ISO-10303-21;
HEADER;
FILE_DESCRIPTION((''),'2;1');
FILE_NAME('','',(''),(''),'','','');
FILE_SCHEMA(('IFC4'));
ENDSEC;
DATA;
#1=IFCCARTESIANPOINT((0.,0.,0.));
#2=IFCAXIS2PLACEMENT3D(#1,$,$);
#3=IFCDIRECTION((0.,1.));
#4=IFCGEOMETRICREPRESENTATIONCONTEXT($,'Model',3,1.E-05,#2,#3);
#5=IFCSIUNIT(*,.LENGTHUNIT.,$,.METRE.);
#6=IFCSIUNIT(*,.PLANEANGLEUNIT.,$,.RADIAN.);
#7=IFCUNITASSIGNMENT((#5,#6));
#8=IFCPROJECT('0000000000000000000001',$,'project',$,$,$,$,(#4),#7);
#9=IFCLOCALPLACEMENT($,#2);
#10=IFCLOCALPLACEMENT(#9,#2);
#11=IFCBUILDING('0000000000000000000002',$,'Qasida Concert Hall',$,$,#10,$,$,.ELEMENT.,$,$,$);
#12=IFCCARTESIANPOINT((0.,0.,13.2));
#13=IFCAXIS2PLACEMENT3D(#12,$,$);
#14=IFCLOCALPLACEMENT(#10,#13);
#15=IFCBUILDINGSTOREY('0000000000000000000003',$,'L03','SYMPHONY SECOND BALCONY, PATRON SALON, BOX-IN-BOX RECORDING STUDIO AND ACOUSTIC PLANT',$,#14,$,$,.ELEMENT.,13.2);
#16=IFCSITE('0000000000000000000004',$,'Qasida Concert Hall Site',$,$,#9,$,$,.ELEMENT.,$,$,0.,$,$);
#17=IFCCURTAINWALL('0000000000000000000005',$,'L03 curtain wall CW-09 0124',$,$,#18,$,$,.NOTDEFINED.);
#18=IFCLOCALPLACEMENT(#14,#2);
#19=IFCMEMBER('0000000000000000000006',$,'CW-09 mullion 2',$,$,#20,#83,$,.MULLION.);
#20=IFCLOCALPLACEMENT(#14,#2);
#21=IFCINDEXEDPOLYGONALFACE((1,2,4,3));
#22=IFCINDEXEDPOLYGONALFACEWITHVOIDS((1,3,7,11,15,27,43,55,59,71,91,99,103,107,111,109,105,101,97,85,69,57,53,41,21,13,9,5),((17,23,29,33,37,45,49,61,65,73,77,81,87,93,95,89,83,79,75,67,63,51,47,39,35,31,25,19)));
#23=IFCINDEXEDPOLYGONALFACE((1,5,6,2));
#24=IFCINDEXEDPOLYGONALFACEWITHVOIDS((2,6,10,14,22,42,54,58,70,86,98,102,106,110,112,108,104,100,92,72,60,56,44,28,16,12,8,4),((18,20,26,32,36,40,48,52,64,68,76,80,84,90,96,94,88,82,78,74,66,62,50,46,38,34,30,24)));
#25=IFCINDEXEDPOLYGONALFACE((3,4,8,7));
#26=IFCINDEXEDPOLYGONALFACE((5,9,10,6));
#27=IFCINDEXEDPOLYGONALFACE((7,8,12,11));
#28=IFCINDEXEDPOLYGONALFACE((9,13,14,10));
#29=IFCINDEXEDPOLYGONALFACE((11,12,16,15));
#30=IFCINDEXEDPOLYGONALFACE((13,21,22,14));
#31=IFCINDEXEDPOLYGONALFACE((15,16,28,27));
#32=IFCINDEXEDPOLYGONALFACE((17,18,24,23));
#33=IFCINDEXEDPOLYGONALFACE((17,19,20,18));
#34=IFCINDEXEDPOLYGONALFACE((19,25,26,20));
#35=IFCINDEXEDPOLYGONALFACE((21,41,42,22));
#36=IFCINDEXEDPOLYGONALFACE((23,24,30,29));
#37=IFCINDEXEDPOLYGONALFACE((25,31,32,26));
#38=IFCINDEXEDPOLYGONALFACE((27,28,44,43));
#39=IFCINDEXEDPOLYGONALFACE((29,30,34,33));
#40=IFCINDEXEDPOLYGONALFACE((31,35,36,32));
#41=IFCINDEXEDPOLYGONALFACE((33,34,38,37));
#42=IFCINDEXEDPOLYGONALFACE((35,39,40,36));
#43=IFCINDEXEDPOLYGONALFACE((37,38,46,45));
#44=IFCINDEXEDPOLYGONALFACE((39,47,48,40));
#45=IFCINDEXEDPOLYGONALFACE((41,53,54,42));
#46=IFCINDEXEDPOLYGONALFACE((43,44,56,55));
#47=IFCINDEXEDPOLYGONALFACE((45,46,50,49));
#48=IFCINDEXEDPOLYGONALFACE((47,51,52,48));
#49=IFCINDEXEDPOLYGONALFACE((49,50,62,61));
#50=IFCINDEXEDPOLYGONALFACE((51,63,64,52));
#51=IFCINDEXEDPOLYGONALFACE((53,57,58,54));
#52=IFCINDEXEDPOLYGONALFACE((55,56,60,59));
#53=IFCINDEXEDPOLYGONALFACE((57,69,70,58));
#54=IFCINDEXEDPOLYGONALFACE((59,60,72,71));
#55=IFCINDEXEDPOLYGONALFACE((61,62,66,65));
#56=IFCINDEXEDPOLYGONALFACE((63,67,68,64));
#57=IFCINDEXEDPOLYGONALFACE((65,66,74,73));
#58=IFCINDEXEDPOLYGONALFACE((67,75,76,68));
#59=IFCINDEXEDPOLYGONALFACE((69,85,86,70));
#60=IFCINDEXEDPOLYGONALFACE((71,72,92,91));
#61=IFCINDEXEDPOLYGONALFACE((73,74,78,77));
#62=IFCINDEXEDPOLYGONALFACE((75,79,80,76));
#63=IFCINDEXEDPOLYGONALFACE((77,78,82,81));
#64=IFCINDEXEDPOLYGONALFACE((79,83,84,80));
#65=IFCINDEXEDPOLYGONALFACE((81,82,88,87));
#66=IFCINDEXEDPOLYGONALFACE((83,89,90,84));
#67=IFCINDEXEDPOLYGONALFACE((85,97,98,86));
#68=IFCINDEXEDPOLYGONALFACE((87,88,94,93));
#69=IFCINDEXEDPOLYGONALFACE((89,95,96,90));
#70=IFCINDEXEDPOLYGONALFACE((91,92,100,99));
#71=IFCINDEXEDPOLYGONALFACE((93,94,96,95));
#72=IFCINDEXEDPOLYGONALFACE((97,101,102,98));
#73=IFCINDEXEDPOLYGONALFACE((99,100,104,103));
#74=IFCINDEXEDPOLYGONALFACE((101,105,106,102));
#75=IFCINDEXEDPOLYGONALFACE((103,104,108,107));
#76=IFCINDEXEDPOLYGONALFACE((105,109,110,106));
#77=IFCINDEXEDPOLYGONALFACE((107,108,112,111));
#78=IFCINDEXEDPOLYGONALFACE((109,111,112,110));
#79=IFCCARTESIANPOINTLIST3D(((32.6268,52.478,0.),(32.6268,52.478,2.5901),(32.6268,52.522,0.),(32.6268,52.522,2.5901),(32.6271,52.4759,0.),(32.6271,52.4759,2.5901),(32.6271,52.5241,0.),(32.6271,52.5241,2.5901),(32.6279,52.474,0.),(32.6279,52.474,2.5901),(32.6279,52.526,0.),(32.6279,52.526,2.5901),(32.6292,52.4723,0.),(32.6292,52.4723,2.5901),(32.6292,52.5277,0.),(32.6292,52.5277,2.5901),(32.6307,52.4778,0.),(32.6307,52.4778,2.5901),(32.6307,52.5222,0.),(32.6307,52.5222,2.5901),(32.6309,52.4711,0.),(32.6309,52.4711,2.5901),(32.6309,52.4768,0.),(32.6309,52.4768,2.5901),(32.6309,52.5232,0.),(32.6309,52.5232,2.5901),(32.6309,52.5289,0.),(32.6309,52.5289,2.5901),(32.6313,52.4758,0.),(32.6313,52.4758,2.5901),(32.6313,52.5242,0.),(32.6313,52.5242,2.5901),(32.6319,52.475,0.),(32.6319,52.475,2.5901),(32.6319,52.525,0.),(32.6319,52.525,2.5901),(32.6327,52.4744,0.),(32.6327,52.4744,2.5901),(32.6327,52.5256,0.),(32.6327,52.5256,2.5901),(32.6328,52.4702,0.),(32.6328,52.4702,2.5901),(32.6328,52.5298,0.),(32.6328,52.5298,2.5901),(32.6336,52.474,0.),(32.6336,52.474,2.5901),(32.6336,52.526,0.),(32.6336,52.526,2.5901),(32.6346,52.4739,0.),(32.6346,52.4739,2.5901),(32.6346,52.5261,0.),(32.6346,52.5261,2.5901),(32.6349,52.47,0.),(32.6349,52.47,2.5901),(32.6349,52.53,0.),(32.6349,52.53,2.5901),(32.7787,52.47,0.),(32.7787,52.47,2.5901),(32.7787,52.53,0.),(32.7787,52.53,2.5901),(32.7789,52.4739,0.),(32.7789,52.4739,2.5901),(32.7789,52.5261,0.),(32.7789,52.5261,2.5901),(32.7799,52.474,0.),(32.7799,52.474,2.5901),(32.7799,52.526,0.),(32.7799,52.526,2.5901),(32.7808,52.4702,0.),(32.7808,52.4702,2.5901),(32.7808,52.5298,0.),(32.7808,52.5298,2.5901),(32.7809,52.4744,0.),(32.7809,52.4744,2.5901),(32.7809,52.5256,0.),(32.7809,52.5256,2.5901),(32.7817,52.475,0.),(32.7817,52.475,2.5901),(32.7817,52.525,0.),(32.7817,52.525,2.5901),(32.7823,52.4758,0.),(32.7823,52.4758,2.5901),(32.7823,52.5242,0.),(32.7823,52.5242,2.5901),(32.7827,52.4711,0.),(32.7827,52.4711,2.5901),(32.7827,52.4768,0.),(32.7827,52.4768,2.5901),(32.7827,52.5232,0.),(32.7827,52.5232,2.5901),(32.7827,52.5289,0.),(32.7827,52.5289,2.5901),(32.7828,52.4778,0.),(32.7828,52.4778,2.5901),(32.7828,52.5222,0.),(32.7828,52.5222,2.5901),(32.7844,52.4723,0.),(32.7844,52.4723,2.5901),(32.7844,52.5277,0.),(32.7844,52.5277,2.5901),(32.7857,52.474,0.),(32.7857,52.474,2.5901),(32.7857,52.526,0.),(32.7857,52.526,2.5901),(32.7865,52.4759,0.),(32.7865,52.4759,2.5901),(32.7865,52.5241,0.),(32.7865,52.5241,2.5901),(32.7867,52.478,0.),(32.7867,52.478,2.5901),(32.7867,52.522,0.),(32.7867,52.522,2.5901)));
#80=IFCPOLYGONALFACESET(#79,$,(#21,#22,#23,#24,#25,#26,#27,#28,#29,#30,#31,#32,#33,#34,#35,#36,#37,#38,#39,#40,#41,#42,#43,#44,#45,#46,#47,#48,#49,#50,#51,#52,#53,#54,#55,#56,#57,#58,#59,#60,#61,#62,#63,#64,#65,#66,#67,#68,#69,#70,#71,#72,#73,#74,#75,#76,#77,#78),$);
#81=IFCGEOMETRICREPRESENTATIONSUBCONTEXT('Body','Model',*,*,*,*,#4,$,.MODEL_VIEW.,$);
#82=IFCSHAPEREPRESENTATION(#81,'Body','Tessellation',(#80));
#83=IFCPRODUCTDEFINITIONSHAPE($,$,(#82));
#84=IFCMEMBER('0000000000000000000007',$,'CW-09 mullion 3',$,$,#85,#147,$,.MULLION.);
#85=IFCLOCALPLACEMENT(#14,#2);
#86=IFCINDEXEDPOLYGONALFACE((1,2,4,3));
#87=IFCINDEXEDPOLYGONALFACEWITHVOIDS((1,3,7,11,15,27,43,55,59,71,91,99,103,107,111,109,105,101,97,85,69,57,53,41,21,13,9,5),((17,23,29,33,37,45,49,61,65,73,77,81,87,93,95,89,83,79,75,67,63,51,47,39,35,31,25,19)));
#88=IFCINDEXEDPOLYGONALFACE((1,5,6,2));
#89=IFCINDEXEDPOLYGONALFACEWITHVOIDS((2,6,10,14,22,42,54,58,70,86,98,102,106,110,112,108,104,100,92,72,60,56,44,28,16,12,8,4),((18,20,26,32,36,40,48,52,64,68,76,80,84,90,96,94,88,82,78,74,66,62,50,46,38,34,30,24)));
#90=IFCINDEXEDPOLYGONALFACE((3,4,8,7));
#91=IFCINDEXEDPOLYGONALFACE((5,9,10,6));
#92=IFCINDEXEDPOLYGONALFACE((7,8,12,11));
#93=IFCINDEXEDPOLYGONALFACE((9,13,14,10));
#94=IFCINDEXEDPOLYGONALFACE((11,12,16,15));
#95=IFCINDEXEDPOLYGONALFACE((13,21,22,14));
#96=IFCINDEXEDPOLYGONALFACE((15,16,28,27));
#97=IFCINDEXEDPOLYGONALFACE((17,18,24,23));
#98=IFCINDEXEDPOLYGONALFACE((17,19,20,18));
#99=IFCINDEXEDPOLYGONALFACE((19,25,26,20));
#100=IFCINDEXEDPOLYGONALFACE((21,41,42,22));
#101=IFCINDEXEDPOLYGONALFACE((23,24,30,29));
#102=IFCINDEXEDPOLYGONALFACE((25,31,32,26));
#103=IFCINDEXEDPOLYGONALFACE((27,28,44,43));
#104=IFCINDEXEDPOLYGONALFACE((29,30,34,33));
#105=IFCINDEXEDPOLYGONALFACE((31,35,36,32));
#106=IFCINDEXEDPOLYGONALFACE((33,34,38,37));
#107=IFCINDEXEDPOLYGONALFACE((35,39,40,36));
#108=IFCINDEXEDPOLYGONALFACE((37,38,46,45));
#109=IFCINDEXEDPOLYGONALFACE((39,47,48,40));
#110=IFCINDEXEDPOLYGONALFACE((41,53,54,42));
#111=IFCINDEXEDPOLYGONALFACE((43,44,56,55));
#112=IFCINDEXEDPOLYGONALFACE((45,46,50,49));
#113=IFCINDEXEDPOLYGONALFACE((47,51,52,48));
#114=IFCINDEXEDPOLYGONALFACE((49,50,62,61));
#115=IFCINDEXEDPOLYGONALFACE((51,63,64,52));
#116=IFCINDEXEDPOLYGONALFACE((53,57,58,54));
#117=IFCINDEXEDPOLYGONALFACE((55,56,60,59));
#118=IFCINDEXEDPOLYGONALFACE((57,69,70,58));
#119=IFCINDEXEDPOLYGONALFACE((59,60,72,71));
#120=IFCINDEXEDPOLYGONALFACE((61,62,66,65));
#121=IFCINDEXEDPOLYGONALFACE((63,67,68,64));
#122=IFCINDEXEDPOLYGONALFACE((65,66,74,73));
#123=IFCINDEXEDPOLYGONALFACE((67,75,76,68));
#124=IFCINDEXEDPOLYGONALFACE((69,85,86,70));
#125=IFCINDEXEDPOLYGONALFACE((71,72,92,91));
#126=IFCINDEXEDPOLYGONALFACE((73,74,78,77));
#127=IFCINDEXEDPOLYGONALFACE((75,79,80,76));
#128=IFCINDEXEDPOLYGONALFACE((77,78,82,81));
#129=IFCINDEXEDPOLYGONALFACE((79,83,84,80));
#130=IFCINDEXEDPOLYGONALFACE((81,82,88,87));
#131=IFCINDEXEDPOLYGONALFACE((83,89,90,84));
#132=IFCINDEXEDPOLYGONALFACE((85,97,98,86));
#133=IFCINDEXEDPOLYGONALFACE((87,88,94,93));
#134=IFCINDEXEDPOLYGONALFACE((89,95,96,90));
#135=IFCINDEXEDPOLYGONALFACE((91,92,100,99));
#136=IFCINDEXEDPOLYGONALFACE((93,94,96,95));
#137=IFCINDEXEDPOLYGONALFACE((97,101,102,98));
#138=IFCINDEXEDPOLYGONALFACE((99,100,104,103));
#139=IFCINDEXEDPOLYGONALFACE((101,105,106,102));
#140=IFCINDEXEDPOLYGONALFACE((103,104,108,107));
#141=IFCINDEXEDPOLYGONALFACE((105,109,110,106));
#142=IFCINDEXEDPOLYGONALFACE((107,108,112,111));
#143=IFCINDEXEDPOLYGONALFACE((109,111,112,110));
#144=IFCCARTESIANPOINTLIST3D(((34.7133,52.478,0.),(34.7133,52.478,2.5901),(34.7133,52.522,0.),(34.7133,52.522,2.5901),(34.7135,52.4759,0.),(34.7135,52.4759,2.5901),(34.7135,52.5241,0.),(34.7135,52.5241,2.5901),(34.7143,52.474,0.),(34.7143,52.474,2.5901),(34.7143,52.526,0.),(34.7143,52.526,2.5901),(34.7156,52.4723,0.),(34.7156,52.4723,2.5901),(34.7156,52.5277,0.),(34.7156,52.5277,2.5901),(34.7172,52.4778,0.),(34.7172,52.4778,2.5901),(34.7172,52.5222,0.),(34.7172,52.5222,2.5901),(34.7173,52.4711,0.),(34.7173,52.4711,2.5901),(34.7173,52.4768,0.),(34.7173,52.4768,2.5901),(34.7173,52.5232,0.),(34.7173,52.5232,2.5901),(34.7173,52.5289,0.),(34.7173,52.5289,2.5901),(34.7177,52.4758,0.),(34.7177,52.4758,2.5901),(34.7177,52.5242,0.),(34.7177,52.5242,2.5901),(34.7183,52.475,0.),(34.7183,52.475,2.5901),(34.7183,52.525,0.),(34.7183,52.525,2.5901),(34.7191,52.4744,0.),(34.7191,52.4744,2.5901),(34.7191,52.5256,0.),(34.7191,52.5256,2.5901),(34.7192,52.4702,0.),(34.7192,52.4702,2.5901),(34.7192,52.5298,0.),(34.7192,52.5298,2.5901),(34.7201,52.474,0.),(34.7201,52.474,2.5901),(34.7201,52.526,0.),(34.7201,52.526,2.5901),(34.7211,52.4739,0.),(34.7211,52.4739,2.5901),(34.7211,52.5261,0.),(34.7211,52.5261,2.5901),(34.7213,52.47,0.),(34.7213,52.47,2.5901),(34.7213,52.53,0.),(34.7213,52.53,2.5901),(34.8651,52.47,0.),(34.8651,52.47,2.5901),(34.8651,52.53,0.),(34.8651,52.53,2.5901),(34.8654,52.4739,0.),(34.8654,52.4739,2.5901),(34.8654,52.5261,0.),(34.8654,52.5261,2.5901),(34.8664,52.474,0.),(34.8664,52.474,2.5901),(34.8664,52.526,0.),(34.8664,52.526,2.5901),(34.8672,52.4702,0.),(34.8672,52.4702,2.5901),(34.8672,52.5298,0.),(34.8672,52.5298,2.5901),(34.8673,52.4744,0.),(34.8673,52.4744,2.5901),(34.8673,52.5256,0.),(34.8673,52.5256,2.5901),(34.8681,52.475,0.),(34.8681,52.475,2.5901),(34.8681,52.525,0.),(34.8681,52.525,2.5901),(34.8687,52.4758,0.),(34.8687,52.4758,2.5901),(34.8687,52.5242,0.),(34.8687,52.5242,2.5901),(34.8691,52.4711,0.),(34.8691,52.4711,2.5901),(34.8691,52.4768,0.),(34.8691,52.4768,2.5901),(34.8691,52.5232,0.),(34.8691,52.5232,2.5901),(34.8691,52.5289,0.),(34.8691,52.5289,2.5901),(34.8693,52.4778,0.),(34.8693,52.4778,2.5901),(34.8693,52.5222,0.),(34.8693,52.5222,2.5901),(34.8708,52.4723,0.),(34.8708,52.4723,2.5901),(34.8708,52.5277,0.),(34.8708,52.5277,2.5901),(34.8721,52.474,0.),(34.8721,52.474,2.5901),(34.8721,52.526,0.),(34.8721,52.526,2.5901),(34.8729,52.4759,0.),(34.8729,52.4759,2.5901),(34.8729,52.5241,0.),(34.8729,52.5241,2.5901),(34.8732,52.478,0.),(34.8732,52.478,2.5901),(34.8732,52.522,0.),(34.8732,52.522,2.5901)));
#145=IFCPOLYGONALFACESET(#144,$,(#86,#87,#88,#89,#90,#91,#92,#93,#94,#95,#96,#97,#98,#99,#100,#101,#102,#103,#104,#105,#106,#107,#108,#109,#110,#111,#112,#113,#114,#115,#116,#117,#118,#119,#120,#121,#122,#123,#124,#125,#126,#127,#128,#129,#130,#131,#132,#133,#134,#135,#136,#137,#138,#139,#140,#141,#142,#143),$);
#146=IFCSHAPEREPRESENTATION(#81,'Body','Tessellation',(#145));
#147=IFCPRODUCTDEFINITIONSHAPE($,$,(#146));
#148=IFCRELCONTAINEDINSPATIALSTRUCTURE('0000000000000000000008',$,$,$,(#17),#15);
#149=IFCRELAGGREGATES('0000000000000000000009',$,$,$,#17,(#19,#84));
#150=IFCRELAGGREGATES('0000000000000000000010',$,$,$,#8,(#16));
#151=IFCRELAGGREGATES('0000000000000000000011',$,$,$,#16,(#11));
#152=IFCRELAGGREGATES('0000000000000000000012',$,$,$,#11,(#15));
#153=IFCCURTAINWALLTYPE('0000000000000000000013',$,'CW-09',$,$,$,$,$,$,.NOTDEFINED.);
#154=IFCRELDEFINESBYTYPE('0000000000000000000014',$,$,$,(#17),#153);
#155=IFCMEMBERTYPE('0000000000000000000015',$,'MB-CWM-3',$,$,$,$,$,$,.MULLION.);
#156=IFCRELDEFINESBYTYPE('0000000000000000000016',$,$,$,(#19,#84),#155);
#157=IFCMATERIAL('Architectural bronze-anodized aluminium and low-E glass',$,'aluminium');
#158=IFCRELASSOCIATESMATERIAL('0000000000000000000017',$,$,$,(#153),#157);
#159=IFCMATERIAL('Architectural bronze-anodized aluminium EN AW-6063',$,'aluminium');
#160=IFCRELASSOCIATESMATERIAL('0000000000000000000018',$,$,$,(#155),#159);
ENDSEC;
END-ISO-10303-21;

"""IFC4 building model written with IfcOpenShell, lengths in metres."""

from ifc_helpers import new_model, si_unit, direction, frame, origin, origin_2d, place, context, subcontext, project, spatial, hollow_rectangle, extrude, material, material_profile, profile_set, type_object, element, aggregate, save


model = new_model("IFC4")

# Units and contexts
model_context = context("Model", 3, precision=1e-05, world=origin(), true_north=direction((0.0, 1.0)))
body_context = subcontext(model_context, "Body", "Model", "MODEL_VIEW")
ifc_project = project(units=[si_unit("LENGTHUNIT", "METRE"), si_unit("PLANEANGLEUNIT", "RADIAN")], contexts=[model_context])

# Site, building, storey
site_placement = place(None, origin())
site = spatial("IfcSite", under=ifc_project, at=site_placement, Name="Qasida Concert Hall Site", CompositionType="ELEMENT", RefElevation=0.0)
building_placement = place(site_placement, origin())
building = spatial("IfcBuilding", under=site, at=building_placement, Name="Qasida Concert Hall", CompositionType="ELEMENT")
storey_placement = place(building_placement, frame((0.0, 0.0, 13.2)))
storey = spatial("IfcBuildingStorey", under=building, at=storey_placement, Name="L03", Description="SYMPHONY SECOND BALCONY, PATRON SALON, BOX-IN-BOX RECORDING STUDIO AND ACOUSTIC PLANT", CompositionType="ELEMENT", Elevation=13.2)

# Curtain wall, members
ifc_material_1 = material(Name="Architectural bronze-anodized aluminium and low-E glass", Category="aluminium")
curtain_wall_type = type_object("IfcCurtainWallType", Name="CW-09", PredefinedType="NOTDEFINED", material=ifc_material_1)
curtain_wall_1_placement = place(storey_placement, origin())
curtain_wall_1 = element("IfcCurtainWall", 1, at=curtain_wall_1_placement, inside=storey, type_object=curtain_wall_type, Name="L03 curtain wall CW-09 0124", PredefinedType="NOTDEFINED")
ifc_material_2 = material(Name="Architectural bronze-anodized aluminium EN AW-6063", Category="aluminium")
ifc_material_profile_1 = material_profile(ifc_material_2, hollow_rectangle(XDim=0.0601, YDim=0.1599, WallThickness=0.0039, InnerFilletRadius=0.0039, OuterFilletRadius=0.0081, at=origin_2d()), Name="CWM 160x60x4")
ifc_profile_set_1 = profile_set([ifc_material_profile_1], Name="Architectural bronze-anodized aluminium EN AW-6063")
member_type_1 = type_object("IfcMemberType", Name="MB-CWM-3", PredefinedType="MULLION", material=ifc_profile_set_1)
member_1_placement = place(storey_placement, frame((32.7068, 52.5, 0.0), z_axis=(0.0, 0.0, 1.0), x_axis=(0.0, 1.0, 0.0)))
member_1 = element("IfcMember", 2, at=member_1_placement, type_object=member_type_1, Name="CW-09 mullion 2", PredefinedType="MULLION", context=body_context, shape_type="SweptSolid", body=[
    extrude(hollow_rectangle(XDim=0.0601, YDim=0.1599, WallThickness=0.0039, InnerFilletRadius=0.0039, OuterFilletRadius=0.0081, at=origin_2d()), origin(), (0.0, 0.0, 1.0), 2.5901),
])
member_2_placement = place(storey_placement, frame((34.7932, 52.5, 0.0), z_axis=(0.0, 0.0, 1.0), x_axis=(0.0, 1.0, 0.0)))
member_2 = element("IfcMember", 3, at=member_2_placement, type_object=member_type_1, Name="CW-09 mullion 3", PredefinedType="MULLION", context=body_context, shape_type="SweptSolid", body=[
    extrude(hollow_rectangle(XDim=0.0601, YDim=0.1599, WallThickness=0.0039, InnerFilletRadius=0.0039, OuterFilletRadius=0.0081, at=origin_2d()), origin(), (0.0, 0.0, 1.0), 2.5901),
])

aggregate(curtain_wall_1, [member_1, member_2])

save(model, "model.ifc")
